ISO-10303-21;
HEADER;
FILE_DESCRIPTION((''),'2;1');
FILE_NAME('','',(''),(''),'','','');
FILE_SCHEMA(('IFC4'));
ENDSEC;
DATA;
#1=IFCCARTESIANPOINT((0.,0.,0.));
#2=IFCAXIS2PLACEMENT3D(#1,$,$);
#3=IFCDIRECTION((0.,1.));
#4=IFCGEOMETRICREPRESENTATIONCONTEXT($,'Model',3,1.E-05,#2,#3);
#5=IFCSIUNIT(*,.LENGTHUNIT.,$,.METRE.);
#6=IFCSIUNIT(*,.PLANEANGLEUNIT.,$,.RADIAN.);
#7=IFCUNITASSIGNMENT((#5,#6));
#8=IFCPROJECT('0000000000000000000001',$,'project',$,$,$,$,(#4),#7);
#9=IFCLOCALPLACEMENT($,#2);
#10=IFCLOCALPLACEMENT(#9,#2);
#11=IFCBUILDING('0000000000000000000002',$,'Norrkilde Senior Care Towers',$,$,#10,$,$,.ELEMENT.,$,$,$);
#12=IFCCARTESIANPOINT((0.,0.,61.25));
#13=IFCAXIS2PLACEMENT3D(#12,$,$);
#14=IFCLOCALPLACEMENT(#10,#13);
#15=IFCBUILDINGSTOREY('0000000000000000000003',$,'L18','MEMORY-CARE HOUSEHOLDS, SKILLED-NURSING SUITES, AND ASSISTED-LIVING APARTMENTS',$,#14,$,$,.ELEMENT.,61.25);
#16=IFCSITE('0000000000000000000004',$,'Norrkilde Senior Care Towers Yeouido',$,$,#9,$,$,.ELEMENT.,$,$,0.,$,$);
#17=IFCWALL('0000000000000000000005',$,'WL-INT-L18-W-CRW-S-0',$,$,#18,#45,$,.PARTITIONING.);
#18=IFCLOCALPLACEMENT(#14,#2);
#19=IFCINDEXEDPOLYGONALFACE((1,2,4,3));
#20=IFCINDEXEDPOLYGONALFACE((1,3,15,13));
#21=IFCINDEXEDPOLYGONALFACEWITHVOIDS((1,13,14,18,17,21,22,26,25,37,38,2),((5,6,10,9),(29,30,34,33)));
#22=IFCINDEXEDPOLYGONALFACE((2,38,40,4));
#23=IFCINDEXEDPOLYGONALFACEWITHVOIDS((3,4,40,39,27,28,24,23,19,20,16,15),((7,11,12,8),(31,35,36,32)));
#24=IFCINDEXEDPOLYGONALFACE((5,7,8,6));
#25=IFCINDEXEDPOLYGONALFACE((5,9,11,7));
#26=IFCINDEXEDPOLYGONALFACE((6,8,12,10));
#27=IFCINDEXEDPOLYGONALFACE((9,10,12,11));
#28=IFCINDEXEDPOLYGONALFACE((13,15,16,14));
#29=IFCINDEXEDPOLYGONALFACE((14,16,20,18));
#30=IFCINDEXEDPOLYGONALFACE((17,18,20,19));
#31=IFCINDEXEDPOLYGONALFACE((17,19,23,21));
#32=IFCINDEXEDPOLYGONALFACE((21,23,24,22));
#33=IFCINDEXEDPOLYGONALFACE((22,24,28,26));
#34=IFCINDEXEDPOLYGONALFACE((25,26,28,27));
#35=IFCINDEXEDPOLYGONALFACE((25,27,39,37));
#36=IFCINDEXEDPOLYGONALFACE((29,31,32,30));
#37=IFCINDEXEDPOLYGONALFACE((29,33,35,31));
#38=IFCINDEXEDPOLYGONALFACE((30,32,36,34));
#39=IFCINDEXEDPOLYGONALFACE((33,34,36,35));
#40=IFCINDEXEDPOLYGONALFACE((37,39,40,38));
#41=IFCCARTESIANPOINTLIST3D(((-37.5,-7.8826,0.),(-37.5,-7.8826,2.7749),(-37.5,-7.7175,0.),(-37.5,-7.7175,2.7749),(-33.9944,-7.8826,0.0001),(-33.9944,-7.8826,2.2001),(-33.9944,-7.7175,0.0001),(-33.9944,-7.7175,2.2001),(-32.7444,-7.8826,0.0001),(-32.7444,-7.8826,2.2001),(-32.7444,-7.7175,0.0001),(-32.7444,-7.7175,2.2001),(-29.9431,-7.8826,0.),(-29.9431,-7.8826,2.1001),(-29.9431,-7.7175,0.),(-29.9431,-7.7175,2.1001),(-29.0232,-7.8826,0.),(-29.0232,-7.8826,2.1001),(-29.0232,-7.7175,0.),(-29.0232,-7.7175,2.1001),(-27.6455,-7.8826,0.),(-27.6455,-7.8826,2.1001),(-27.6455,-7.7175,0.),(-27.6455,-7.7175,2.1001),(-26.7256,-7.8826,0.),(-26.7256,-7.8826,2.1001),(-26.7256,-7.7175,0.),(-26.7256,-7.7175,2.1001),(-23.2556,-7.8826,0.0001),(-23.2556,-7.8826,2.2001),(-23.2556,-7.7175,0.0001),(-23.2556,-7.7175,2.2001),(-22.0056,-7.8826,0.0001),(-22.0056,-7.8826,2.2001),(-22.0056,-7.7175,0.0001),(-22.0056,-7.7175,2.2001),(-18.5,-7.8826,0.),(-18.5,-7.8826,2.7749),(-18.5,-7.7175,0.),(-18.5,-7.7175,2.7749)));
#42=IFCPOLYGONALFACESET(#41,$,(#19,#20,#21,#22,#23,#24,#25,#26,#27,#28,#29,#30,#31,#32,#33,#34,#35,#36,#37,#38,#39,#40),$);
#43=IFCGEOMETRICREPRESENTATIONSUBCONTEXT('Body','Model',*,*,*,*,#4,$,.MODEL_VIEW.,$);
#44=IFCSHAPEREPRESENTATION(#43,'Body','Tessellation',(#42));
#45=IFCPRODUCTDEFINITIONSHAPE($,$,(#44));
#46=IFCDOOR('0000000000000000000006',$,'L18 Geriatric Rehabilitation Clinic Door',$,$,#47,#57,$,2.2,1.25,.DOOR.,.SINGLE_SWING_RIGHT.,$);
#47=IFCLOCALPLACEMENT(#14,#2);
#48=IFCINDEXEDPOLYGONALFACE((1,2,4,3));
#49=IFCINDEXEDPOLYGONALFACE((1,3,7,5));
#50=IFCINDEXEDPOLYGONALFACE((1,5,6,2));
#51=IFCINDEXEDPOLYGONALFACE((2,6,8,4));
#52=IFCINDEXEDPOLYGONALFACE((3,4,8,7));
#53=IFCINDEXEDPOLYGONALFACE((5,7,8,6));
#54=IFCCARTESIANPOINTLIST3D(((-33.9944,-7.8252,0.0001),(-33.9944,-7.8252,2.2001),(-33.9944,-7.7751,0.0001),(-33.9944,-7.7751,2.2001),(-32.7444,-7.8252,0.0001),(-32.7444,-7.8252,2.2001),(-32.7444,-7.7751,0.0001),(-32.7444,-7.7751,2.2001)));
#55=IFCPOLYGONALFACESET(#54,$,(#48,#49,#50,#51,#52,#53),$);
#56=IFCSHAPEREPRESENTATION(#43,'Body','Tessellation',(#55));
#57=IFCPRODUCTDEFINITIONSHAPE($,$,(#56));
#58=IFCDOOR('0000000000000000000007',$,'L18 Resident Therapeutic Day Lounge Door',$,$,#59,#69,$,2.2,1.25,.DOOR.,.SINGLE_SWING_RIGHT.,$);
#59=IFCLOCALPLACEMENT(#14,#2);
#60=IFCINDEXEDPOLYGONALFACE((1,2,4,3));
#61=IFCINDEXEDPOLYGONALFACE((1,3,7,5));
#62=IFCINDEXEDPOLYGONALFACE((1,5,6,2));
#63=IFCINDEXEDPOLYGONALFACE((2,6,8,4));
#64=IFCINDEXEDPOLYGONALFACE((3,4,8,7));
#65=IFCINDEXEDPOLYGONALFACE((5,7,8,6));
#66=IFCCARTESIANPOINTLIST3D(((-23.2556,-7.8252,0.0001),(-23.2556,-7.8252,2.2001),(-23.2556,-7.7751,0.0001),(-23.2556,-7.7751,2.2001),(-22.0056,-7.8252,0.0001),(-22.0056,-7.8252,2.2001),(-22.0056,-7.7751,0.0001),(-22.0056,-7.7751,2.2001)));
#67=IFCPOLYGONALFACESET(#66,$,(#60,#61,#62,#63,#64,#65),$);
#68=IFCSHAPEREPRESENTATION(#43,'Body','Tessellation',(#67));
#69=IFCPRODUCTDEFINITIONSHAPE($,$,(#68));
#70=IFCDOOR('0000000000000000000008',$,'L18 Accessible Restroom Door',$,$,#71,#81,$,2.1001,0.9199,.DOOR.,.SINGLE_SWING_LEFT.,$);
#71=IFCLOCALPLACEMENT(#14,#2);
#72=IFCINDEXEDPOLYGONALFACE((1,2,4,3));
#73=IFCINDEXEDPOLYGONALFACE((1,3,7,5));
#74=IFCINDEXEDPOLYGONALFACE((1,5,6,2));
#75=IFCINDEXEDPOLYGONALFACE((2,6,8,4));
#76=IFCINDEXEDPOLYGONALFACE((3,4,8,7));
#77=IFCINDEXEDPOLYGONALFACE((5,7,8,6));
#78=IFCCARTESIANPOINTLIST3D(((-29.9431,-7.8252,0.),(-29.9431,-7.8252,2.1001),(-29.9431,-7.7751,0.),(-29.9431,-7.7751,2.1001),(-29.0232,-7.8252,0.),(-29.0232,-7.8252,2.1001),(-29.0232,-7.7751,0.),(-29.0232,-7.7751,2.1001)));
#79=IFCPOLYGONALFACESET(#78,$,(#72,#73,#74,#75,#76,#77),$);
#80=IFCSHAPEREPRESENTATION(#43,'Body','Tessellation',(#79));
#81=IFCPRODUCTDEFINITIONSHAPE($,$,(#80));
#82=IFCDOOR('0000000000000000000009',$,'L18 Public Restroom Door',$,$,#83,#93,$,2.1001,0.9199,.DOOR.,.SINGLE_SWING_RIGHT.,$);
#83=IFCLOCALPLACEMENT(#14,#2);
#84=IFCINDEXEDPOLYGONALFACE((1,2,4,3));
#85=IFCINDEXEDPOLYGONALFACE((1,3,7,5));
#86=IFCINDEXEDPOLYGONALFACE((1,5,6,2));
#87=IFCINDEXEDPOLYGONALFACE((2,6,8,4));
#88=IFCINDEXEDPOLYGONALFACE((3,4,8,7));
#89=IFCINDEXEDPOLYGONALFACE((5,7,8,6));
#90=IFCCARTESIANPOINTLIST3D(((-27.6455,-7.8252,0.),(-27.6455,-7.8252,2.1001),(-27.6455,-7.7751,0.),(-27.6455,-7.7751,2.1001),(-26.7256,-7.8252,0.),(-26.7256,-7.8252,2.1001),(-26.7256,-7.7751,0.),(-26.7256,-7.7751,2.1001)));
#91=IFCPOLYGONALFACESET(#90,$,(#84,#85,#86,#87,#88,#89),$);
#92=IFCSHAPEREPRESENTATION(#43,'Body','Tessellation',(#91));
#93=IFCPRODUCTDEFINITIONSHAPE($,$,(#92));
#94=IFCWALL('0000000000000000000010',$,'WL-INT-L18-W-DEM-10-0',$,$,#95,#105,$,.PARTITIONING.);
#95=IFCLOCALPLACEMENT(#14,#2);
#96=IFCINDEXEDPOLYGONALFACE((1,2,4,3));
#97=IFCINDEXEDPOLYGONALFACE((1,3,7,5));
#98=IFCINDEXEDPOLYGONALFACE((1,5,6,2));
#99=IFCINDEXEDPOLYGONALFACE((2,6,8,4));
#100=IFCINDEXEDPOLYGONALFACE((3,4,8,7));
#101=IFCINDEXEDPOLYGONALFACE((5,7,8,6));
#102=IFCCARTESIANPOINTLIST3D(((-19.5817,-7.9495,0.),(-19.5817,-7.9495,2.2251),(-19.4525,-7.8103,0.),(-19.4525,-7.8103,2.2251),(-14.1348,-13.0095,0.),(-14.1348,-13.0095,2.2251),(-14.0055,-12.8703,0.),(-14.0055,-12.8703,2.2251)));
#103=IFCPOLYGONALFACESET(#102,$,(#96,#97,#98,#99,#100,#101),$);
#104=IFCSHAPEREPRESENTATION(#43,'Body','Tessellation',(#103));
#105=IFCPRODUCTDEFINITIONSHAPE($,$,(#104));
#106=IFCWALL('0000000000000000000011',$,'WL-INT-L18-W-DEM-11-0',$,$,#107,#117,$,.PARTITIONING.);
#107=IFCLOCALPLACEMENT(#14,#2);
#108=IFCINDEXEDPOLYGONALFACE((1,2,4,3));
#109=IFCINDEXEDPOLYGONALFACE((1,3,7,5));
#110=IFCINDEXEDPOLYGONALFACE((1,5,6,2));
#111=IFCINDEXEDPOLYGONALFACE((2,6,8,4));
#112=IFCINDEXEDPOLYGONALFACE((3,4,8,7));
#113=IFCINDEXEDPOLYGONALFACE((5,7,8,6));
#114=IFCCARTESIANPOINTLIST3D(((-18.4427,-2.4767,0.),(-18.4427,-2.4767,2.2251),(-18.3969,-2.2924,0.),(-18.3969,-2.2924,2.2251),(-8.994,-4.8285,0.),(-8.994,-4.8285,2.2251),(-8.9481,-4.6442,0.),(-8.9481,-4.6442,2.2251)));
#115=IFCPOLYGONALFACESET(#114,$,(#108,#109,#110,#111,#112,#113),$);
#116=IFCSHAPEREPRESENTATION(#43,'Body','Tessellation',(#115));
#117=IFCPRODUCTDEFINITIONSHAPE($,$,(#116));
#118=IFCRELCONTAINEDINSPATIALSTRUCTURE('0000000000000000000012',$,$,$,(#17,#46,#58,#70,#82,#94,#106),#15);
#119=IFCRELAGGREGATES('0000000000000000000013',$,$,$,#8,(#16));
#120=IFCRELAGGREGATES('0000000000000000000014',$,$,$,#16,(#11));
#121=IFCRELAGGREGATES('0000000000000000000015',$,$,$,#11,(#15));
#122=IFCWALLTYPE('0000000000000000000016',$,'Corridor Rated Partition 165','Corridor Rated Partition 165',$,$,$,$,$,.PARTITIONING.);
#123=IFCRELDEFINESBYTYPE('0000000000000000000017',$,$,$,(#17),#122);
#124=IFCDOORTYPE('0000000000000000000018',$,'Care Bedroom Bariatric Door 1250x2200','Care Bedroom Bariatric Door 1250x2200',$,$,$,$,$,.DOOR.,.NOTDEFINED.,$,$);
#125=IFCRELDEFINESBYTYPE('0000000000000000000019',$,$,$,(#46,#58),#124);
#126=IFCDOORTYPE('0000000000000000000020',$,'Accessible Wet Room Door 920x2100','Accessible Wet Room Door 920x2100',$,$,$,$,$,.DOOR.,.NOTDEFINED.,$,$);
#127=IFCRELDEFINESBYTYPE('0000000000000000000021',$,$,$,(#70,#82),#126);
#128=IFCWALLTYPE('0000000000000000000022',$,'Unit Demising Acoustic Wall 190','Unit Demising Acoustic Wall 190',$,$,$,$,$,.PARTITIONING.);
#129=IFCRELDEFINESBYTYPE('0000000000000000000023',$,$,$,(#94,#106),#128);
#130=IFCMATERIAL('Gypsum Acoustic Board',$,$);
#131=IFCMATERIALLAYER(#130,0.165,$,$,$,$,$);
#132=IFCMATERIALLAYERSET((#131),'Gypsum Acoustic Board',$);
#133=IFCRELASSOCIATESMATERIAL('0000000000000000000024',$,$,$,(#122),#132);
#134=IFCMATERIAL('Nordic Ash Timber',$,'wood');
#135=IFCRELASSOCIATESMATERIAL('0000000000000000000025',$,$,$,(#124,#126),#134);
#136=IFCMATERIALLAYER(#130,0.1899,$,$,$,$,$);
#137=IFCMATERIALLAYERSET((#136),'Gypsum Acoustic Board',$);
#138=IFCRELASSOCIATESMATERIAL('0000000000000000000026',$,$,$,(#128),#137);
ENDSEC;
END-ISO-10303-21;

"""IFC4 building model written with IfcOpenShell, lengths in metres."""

from ifc_helpers import new_model, si_unit, direction, frame, frame_2d, origin, place, context, subcontext, project, spatial, rectangle, extrude, source, transform, mapped, material, layer, layer_set, type_object, type_shapes, element, fill, save


model = new_model("IFC4")

# Units and contexts
model_context = context("Model", 3, precision=1e-05, world=origin(), true_north=direction((0.0, 1.0)))
body_context = subcontext(model_context, "Body", "Model", "MODEL_VIEW")
ifc_project = project(units=[si_unit("LENGTHUNIT", "METRE"), si_unit("PLANEANGLEUNIT", "RADIAN")], contexts=[model_context])

# Site, building, storey
site_placement = place(None, origin())
site = spatial("IfcSite", under=ifc_project, at=site_placement, Name="Norrkilde Senior Care Towers Yeouido", CompositionType="ELEMENT", RefElevation=0.0)
building_placement = place(site_placement, origin())
building = spatial("IfcBuilding", under=site, at=building_placement, Name="Norrkilde Senior Care Towers", CompositionType="ELEMENT")
storey_placement = place(building_placement, frame((0.0, 0.0, 61.25)))
storey = spatial("IfcBuildingStorey", under=building, at=storey_placement, Name="L18", Description="MEMORY-CARE HOUSEHOLDS, SKILLED-NURSING SUITES, AND ASSISTED-LIVING APARTMENTS", CompositionType="ELEMENT", Elevation=61.25)

# Wall, openings, doors
ifc_material_1 = material(Name="Gypsum Acoustic Board")
ifc_layer_1 = layer(ifc_material_1, 0.165)
ifc_layer_set_1 = layer_set([ifc_layer_1], Name="Gypsum Acoustic Board")
wall_type_1 = type_object("IfcWallType", Name="Corridor Rated Partition 165", Description="Corridor Rated Partition 165", PredefinedType="PARTITIONING", material=ifc_layer_set_1)
shared_shape_1 = source(origin(), body_context, "Body", "SweptSolid", [
    extrude(rectangle(XDim=19.0, YDim=0.165, at=frame_2d((9.5, 0.0))), origin(), (0.0, 0.0, 1.0), 2.7749),
])
type_shapes(wall_type_1, [shared_shape_1])
wall_1_placement = place(storey_placement, frame((-18.5, -7.8, 0.0), z_axis=(0.0, 0.0, 1.0), x_axis=(-1.0, 0.0, 0.0)))
wall_1 = element("IfcWall", 1, at=wall_1_placement, inside=storey, type_object=wall_type_1, Name="WL-INT-L18-W-CRW-S-0", PredefinedType="PARTITIONING", context=body_context, shape_type="MappedRepresentation", body=[
    mapped(shared_shape_1, transform((0.0, 0.0, 0.0), x_axis=(1.0, 0.0, 0.0), y_axis=(0.0, 1.0, 0.0), z_axis=(0.0, 0.0, 1.0), scale=1.0)),
])
opening_1_placement = place(wall_1_placement, frame((14.2444, 0.0, 0.0)))
opening_1 = element("IfcOpeningElement", 2, at=opening_1_placement, cuts=wall_1, PredefinedType="OPENING", context=body_context, shape_type="SweptSolid", body=[
    extrude(rectangle(XDim=1.25, YDim=2.2, at=frame_2d((0.625, 1.1001))), frame((0.0, 0.0925, 0.0), z_axis=(0.0, -1.0, 0.0), x_axis=(1.0, 0.0, 0.0)), (0.0, 0.0, 1.0), 0.1851),
])
opening_2_placement = place(wall_1_placement, frame((10.5232, 0.0, 0.0)))
opening_2 = element("IfcOpeningElement", 3, at=opening_2_placement, cuts=wall_1, PredefinedType="OPENING", context=body_context, shape_type="SweptSolid", body=[
    extrude(rectangle(XDim=0.9199, YDim=2.1001, at=frame_2d((0.46, 1.05))), frame((0.0, 0.0925, 0.0), z_axis=(0.0, -1.0, 0.0), x_axis=(1.0, 0.0, 0.0)), (0.0, 0.0, 1.0), 0.1851),
])
opening_3_placement = place(wall_1_placement, frame((8.2256, 0.0, 0.0)))
opening_3 = element("IfcOpeningElement", 4, at=opening_3_placement, cuts=wall_1, PredefinedType="OPENING", context=body_context, shape_type="SweptSolid", body=[
    extrude(rectangle(XDim=0.9199, YDim=2.1001, at=frame_2d((0.46, 1.05))), frame((0.0, 0.0925, 0.0), z_axis=(0.0, -1.0, 0.0), x_axis=(1.0, 0.0, 0.0)), (0.0, 0.0, 1.0), 0.1851),
])
opening_4_placement = place(wall_1_placement, frame((3.5056, 0.0, 0.0)))
opening_4 = element("IfcOpeningElement", 5, at=opening_4_placement, cuts=wall_1, PredefinedType="OPENING", context=body_context, shape_type="SweptSolid", body=[
    extrude(rectangle(XDim=1.25, YDim=2.2, at=frame_2d((0.625, 1.1001))), frame((0.0, 0.0925, 0.0), z_axis=(0.0, -1.0, 0.0), x_axis=(1.0, 0.0, 0.0)), (0.0, 0.0, 1.0), 0.1851),
])
ifc_material_2 = material(Name="Nordic Ash Timber", Category="wood")
door_type_1 = type_object("IfcDoorType", Name="Care Bedroom Bariatric Door 1250x2200", Description="Care Bedroom Bariatric Door 1250x2200", OperationType="NOTDEFINED", PredefinedType="DOOR", material=ifc_material_2)
shared_shape_2 = source(origin(), body_context, "Body", "SweptSolid", [
    extrude(rectangle(XDim=1.25, YDim=2.2, at=frame_2d((0.625, 1.1001))), frame((0.0, 0.0249, 0.0), z_axis=(0.0, -1.0, 0.0), x_axis=(1.0, 0.0, 0.0)), (0.0, 0.0, 1.0), 0.05),
])
type_shapes(door_type_1, [shared_shape_2])
door_1_placement = place(opening_1_placement, frame((1.25, 0.0, 0.0), z_axis=(0.0, 0.0, 1.0), x_axis=(-1.0, 0.0, 0.0)))
door_1 = element("IfcDoor", 6, at=door_1_placement, inside=storey, type_object=door_type_1, Name="L18 Geriatric Rehabilitation Clinic Door", OperationType="SINGLE_SWING_RIGHT", OverallHeight=2.2, OverallWidth=1.25, PredefinedType="DOOR", context=body_context, shape_type="MappedRepresentation", body=[
    mapped(shared_shape_2, transform((0.0, 0.0, 0.0), x_axis=(1.0, 0.0, 0.0), y_axis=(0.0, 1.0, 0.0), z_axis=(0.0, 0.0, 1.0), scale=1.0)),
])
fill(opening_1, door_1)
door_2_placement = place(opening_4_placement, frame((1.25, 0.0, 0.0), z_axis=(0.0, 0.0, 1.0), x_axis=(-1.0, 0.0, 0.0)))
door_2 = element("IfcDoor", 7, at=door_2_placement, inside=storey, type_object=door_type_1, Name="L18 Resident Therapeutic Day Lounge Door", OperationType="SINGLE_SWING_RIGHT", OverallHeight=2.2, OverallWidth=1.25, PredefinedType="DOOR", context=body_context, shape_type="MappedRepresentation", body=[
    mapped(shared_shape_2, transform((0.0, 0.0, 0.0), x_axis=(1.0, 0.0, 0.0), y_axis=(0.0, 1.0, 0.0), z_axis=(0.0, 0.0, 1.0), scale=1.0)),
])
fill(opening_4, door_2)
door_type_2 = type_object("IfcDoorType", Name="Accessible Wet Room Door 920x2100", Description="Accessible Wet Room Door 920x2100", OperationType="NOTDEFINED", PredefinedType="DOOR", material=ifc_material_2)
shared_shape_3 = source(origin(), body_context, "Body", "SweptSolid", [
    extrude(rectangle(XDim=0.9199, YDim=2.1001, at=frame_2d((0.46, 1.05))), frame((0.0, 0.0249, 0.0), z_axis=(0.0, -1.0, 0.0), x_axis=(1.0, 0.0, 0.0)), (0.0, 0.0, 1.0), 0.05),
])
type_shapes(door_type_2, [shared_shape_3])
door_3_placement = place(opening_2_placement, frame((0.9199, 0.0, 0.0), z_axis=(0.0, 0.0, 1.0), x_axis=(-1.0, 0.0, 0.0)))
door_3 = element("IfcDoor", 8, at=door_3_placement, inside=storey, type_object=door_type_2, Name="L18 Accessible Restroom Door", OperationType="SINGLE_SWING_LEFT", OverallHeight=2.1001, OverallWidth=0.9199, PredefinedType="DOOR", context=body_context, shape_type="MappedRepresentation", body=[
    mapped(shared_shape_3, transform((0.0, 0.0, 0.0), x_axis=(1.0, 0.0, 0.0), y_axis=(0.0, 1.0, 0.0), z_axis=(0.0, 0.0, 1.0), scale=1.0)),
])
fill(opening_2, door_3)
door_4_placement = place(opening_3_placement, frame((0.9199, 0.0, 0.0), z_axis=(0.0, 0.0, 1.0), x_axis=(-1.0, 0.0, 0.0)))
door_4 = element("IfcDoor", 9, at=door_4_placement, inside=storey, type_object=door_type_2, Name="L18 Public Restroom Door", OperationType="SINGLE_SWING_RIGHT", OverallHeight=2.1001, OverallWidth=0.9199, PredefinedType="DOOR", context=body_context, shape_type="MappedRepresentation", body=[
    mapped(shared_shape_3, transform((0.0, 0.0, 0.0), x_axis=(1.0, 0.0, 0.0), y_axis=(0.0, 1.0, 0.0), z_axis=(0.0, 0.0, 1.0), scale=1.0)),
])
fill(opening_3, door_4)

# Walls
ifc_layer_2 = layer(ifc_material_1, 0.1899)
ifc_layer_set_2 = layer_set([ifc_layer_2], Name="Gypsum Acoustic Board")
wall_type_2 = type_object("IfcWallType", Name="Unit Demising Acoustic Wall 190", Description="Unit Demising Acoustic Wall 190", PredefinedType="PARTITIONING", material=ifc_layer_set_2)
shared_shape_4 = source(origin(), body_context, "Body", "SweptSolid", [
    extrude(rectangle(XDim=7.4346, YDim=0.1899, at=frame_2d((3.7173, 0.0))), origin(), (0.0, 0.0, 1.0), 2.2251),
])
wall_2_placement = place(storey_placement, frame((-19.5171, -7.8799, 0.0), z_axis=(0.0, 0.0, 1.0), x_axis=(0.732652, -0.680603, 0.0)))
element("IfcWall", 10, at=wall_2_placement, inside=storey, type_object=wall_type_2, Name="WL-INT-L18-W-DEM-10-0", PredefinedType="PARTITIONING", context=body_context, shape_type="MappedRepresentation", body=[
    mapped(shared_shape_4, transform((0.0, 0.0, 0.0), x_axis=(1.0, 0.0, 0.0), y_axis=(0.0, 1.0, 0.0), z_axis=(0.0, 0.0, 1.0), scale=1.0)),
])
shared_shape_5 = source(origin(), body_context, "Body", "SweptSolid", [
    extrude(rectangle(XDim=9.7371, YDim=0.1899, at=frame_2d((4.8687, 0.0))), origin(), (0.0, 0.0, 1.0), 2.2251),
])
type_shapes(wall_type_2, [shared_shape_4, shared_shape_5])
wall_3_placement = place(storey_placement, frame((-18.4199, -2.3845, 0.0), z_axis=(0.0, 0.0, 1.0), x_axis=(0.970393, -0.241533, 0.0)))
element("IfcWall", 11, at=wall_3_placement, inside=storey, type_object=wall_type_2, Name="WL-INT-L18-W-DEM-11-0", PredefinedType="PARTITIONING", context=body_context, shape_type="MappedRepresentation", body=[
    mapped(shared_shape_5, transform((0.0, 0.0, 0.0), x_axis=(1.0, 0.0, 0.0), y_axis=(0.0, 1.0, 0.0), z_axis=(0.0, 0.0, 1.0), scale=1.0)),
])

save(model, "model.ifc")
